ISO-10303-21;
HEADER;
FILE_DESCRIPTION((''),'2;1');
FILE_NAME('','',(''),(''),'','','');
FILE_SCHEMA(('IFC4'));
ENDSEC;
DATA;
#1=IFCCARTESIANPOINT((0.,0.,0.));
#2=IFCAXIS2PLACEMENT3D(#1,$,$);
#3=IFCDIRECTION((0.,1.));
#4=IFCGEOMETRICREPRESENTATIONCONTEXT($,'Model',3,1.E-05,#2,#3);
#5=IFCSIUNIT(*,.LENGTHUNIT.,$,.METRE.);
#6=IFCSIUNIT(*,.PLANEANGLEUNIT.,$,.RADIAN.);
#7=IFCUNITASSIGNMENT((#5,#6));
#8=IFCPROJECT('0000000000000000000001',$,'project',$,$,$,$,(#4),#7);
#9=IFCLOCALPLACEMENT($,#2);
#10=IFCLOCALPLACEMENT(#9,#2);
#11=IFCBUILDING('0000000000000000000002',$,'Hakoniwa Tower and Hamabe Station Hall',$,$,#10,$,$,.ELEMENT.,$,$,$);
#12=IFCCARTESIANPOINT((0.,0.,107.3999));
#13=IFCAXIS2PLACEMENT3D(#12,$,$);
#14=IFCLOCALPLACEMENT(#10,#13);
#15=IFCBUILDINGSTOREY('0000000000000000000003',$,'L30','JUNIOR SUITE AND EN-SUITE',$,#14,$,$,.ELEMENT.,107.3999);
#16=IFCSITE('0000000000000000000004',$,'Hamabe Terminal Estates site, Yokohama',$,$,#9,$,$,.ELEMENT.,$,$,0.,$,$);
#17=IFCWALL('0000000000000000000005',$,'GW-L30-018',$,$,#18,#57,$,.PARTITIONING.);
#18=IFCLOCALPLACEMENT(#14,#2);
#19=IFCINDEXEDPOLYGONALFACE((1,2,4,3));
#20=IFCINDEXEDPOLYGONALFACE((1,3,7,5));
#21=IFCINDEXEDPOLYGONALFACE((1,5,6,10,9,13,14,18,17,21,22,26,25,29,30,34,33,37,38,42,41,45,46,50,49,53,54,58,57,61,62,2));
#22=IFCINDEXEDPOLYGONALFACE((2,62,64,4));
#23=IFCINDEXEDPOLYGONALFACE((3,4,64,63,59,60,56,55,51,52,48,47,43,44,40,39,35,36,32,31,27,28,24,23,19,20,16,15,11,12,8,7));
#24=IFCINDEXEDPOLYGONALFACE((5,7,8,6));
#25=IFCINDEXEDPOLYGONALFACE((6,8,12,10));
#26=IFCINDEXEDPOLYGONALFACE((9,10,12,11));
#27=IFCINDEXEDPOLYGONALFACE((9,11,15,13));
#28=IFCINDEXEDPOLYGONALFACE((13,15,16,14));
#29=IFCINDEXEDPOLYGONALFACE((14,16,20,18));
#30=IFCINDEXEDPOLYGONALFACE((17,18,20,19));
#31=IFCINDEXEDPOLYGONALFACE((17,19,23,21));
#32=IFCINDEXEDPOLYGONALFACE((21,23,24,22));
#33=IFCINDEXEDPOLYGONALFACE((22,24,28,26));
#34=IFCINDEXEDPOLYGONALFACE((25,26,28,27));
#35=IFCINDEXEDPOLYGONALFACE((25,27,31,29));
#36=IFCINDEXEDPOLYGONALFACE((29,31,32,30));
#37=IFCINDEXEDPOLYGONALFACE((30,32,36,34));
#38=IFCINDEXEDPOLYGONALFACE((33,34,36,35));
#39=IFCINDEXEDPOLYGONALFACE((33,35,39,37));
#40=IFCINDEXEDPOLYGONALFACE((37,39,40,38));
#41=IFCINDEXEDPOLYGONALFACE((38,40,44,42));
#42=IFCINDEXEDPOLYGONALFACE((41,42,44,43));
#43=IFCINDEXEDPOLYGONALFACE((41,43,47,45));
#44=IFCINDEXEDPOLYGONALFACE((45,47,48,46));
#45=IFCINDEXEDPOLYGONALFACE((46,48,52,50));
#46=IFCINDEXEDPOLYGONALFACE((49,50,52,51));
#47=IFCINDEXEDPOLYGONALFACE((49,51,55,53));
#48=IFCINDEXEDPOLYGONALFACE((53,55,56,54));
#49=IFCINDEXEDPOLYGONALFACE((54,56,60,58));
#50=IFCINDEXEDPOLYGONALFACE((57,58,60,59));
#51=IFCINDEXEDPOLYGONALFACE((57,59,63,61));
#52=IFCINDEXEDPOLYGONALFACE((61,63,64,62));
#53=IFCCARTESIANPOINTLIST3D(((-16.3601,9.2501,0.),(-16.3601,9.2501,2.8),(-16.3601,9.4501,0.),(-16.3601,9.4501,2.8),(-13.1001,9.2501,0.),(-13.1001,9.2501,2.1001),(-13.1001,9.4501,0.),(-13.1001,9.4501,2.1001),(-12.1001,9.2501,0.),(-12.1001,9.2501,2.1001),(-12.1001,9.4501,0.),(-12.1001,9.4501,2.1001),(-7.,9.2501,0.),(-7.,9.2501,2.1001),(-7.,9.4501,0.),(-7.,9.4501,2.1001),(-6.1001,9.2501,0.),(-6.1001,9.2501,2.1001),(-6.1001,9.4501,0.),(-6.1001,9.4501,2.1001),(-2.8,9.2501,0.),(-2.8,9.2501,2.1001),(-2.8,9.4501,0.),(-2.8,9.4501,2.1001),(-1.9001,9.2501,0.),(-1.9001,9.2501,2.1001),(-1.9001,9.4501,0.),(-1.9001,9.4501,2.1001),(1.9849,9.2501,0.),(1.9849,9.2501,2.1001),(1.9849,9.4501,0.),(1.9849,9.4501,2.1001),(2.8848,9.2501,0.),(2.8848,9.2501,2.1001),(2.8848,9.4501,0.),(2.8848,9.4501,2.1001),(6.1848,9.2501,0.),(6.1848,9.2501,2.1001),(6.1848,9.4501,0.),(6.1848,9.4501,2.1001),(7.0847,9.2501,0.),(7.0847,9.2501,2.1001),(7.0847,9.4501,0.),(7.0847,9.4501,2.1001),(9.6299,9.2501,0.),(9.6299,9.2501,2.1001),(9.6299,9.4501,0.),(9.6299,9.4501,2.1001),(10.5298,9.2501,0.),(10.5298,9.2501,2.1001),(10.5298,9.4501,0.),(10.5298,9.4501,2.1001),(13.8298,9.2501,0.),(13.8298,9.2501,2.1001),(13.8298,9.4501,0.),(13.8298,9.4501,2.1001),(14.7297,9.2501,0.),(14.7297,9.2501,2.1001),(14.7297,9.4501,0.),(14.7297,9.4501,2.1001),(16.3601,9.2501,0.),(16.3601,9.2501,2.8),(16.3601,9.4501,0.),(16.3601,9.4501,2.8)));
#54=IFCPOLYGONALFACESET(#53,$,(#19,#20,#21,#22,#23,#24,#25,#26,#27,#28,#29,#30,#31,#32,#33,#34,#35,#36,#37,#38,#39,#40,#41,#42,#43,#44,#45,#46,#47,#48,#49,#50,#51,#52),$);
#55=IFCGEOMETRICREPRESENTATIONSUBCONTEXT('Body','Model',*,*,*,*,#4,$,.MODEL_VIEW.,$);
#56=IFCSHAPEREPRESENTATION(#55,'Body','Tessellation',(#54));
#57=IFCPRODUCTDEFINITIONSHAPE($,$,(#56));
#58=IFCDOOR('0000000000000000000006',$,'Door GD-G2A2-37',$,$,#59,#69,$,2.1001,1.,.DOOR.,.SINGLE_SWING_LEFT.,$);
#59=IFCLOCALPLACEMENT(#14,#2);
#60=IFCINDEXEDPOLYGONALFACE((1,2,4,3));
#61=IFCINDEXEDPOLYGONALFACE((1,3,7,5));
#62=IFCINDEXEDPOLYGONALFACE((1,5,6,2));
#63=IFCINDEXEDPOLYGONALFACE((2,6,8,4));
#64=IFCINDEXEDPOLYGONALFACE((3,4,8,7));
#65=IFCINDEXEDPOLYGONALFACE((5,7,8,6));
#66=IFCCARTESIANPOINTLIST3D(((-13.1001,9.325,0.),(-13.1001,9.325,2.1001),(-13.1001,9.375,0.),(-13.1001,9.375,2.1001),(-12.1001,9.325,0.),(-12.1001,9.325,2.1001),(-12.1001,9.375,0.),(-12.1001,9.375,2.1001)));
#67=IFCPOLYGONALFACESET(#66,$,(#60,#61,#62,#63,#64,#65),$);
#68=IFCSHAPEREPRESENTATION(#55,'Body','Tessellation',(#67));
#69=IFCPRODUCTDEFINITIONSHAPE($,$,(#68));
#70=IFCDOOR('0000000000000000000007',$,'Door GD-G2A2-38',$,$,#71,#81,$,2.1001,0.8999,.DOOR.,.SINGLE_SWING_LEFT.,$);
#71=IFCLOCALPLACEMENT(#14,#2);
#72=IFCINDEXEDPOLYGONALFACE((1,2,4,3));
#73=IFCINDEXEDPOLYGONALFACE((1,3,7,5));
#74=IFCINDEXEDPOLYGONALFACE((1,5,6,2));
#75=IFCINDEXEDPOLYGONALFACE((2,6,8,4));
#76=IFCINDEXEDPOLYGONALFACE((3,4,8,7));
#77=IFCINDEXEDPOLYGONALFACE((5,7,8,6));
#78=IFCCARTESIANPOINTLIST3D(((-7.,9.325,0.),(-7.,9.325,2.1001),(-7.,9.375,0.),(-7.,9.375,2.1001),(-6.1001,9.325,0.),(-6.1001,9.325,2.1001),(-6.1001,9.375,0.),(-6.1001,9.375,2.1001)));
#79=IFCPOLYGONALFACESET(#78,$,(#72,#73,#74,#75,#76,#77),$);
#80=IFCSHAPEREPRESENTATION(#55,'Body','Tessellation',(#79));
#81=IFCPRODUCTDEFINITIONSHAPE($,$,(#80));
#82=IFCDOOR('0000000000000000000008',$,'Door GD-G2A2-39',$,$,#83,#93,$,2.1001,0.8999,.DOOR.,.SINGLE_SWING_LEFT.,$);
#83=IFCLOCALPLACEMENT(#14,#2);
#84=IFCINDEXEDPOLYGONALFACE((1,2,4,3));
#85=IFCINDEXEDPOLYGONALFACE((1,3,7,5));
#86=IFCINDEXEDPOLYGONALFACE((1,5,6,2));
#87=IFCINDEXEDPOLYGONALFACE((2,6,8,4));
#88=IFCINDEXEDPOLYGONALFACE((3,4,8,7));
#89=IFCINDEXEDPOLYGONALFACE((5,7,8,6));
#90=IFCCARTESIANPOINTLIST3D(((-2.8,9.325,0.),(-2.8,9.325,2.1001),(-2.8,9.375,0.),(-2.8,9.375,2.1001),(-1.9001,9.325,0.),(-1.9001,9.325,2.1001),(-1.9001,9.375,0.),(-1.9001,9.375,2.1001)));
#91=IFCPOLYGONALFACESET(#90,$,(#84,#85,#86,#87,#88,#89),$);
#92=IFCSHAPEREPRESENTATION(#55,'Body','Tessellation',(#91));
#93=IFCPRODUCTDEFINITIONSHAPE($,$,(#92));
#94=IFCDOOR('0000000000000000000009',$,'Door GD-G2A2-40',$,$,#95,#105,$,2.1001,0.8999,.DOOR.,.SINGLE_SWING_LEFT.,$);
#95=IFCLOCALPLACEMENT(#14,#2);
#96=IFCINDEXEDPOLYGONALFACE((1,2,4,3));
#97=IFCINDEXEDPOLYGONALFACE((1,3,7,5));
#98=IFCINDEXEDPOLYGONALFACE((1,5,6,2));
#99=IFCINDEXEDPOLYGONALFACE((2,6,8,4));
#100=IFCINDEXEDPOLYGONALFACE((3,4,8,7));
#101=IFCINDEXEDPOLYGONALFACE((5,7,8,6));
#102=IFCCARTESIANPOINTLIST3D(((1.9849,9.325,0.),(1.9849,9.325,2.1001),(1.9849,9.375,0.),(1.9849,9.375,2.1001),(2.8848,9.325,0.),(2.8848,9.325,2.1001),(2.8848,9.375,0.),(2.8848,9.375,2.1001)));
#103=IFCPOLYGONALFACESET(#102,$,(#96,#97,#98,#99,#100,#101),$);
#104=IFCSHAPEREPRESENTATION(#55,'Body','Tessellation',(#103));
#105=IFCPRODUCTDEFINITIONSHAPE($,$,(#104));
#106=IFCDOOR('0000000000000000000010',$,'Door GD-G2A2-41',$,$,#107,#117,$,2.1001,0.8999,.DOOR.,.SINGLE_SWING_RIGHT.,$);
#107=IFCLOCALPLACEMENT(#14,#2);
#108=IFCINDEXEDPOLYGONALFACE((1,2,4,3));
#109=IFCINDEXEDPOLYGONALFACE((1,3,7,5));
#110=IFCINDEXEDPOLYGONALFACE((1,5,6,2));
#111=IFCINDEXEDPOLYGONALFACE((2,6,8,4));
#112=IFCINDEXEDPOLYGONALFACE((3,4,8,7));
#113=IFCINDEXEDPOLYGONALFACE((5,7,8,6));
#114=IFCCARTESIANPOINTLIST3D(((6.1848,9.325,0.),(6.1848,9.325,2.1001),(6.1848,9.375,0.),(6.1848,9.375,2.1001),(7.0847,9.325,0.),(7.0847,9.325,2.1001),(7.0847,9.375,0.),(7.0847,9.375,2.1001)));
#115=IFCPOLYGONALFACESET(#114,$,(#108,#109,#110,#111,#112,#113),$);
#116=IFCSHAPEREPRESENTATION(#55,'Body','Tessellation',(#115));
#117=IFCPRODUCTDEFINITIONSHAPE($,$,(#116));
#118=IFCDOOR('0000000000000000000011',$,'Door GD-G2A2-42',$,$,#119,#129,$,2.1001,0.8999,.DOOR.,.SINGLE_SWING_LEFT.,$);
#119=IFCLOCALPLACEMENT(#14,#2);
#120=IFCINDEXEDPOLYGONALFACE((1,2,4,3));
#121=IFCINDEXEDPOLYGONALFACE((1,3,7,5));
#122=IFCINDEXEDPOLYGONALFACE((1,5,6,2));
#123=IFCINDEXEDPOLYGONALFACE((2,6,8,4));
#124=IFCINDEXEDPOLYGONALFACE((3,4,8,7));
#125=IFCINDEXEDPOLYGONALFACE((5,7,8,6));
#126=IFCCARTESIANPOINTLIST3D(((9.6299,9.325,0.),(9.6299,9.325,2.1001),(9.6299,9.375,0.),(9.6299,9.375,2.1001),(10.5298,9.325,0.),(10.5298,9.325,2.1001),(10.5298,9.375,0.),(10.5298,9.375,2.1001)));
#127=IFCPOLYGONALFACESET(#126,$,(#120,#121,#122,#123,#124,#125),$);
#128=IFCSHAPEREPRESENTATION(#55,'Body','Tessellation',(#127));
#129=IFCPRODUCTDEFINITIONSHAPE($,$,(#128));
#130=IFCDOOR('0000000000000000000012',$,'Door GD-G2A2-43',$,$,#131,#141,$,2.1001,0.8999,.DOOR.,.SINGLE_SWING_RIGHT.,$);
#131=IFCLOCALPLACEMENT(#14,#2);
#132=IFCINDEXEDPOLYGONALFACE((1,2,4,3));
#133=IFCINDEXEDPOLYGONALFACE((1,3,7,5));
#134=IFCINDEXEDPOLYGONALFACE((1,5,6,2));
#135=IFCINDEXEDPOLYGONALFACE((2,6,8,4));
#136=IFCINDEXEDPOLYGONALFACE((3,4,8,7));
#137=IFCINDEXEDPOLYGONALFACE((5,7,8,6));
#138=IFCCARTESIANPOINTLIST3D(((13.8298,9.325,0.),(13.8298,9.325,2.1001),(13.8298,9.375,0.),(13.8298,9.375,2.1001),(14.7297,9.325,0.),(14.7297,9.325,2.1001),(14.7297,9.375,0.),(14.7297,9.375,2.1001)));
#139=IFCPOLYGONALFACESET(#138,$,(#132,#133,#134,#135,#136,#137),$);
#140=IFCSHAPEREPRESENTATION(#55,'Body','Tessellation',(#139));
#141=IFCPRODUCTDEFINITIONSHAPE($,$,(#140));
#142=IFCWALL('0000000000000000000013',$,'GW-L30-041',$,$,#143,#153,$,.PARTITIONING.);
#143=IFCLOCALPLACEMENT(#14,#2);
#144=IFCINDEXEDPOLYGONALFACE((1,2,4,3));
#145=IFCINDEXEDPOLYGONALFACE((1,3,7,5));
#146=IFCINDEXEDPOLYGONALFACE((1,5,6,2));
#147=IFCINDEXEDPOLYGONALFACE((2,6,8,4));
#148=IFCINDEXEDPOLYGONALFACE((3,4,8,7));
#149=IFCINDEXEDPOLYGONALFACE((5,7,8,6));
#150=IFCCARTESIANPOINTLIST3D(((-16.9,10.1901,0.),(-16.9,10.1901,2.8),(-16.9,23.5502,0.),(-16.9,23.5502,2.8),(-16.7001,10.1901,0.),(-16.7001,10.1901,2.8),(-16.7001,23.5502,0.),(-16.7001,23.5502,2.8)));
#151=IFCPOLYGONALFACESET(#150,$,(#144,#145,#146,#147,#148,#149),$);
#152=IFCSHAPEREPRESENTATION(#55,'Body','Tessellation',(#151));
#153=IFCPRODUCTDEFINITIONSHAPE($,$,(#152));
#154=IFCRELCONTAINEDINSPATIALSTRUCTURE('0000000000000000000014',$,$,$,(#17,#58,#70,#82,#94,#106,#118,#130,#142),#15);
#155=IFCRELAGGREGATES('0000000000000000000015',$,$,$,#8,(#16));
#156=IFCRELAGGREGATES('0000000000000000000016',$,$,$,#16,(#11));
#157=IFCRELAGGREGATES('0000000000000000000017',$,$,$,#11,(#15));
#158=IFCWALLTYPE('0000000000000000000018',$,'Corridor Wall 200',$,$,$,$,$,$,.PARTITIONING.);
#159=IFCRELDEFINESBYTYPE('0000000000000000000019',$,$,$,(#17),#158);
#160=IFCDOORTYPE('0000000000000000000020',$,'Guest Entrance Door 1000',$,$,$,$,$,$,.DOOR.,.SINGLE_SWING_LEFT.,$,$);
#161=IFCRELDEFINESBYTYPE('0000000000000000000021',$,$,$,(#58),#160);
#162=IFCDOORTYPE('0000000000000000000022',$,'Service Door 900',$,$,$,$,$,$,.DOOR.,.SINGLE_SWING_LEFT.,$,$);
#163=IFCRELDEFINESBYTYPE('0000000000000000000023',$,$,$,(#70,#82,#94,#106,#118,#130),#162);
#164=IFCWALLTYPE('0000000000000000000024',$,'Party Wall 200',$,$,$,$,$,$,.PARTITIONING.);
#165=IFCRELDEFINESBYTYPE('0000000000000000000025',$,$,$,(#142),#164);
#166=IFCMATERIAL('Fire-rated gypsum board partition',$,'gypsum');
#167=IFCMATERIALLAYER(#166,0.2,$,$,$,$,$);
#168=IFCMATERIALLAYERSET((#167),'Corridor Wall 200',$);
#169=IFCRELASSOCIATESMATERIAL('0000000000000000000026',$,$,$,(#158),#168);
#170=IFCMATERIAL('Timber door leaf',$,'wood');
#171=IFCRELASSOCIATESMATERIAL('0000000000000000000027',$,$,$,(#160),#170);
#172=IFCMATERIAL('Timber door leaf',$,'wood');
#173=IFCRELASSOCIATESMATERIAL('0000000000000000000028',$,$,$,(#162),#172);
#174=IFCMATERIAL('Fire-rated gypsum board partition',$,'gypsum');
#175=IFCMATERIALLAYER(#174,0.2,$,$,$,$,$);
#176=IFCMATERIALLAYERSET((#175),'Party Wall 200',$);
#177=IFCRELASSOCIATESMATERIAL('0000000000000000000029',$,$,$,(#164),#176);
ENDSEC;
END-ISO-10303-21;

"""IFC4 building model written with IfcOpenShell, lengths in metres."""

from ifc_helpers import new_model, si_unit, direction, frame, frame_2d, origin, place, context, subcontext, project, spatial, rectangle, extrude, material, layer, layer_set, type_object, element, fill, save


model = new_model("IFC4")

# Units and contexts
model_context = context("Model", 3, precision=1e-05, world=origin(), true_north=direction((0.0, 1.0)))
body_context = subcontext(model_context, "Body", "Model", "MODEL_VIEW")
ifc_project = project(units=[si_unit("LENGTHUNIT", "METRE"), si_unit("PLANEANGLEUNIT", "RADIAN")], contexts=[model_context])

# Site, building, storey
site_placement = place(None, origin())
site = spatial("IfcSite", under=ifc_project, at=site_placement, Name="Hamabe Terminal Estates site, Yokohama", CompositionType="ELEMENT", RefElevation=0.0)
building_placement = place(site_placement, origin())
building = spatial("IfcBuilding", under=site, at=building_placement, Name="Hakoniwa Tower and Hamabe Station Hall", CompositionType="ELEMENT")
storey_placement = place(building_placement, frame((0.0, 0.0, 107.3999)))
storey = spatial("IfcBuildingStorey", under=building, at=storey_placement, Name="L30", Description="JUNIOR SUITE AND EN-SUITE", CompositionType="ELEMENT", Elevation=107.3999)

# Wall, openings, doors
ifc_material_1 = material(Name="Fire-rated gypsum board partition", Category="gypsum")
ifc_layer_1 = layer(ifc_material_1, 0.2)
ifc_layer_set_1 = layer_set([ifc_layer_1], Name="Corridor Wall 200")
wall_type_1 = type_object("IfcWallType", Name="Corridor Wall 200", PredefinedType="PARTITIONING", material=ifc_layer_set_1)
wall_1_placement = place(storey_placement, frame((-16.3601, 9.3501, 0.0), z_axis=(0.0, 0.0, 1.0), x_axis=(1.0, 0.0, 0.0)))
wall_1 = element("IfcWall", 1, at=wall_1_placement, inside=storey, type_object=wall_type_1, Name="GW-L30-018", PredefinedType="PARTITIONING", context=body_context, shape_type="SweptSolid", body=[
    extrude(rectangle(XDim=32.7202, YDim=0.2, at=frame_2d((16.3601, 0.0))), origin(), (0.0, 0.0, 1.0), 2.8),
])
opening_1_placement = place(wall_1_placement, frame((3.26, 0.0, 0.0)))
opening_1 = element("IfcOpeningElement", 2, at=opening_1_placement, cuts=wall_1, PredefinedType="OPENING", context=body_context, shape_type="SweptSolid", body=[
    extrude(rectangle(XDim=1.0, YDim=2.1001, at=frame_2d((0.5, 1.05))), frame((0.0, 0.1099, 0.0), z_axis=(0.0, -1.0, 0.0), x_axis=(1.0, 0.0, 0.0)), (0.0, 0.0, 1.0), 0.22),
])
opening_2_placement = place(wall_1_placement, frame((9.3601, 0.0, 0.0)))
opening_2 = element("IfcOpeningElement", 3, at=opening_2_placement, cuts=wall_1, PredefinedType="OPENING", context=body_context, shape_type="SweptSolid", body=[
    extrude(rectangle(XDim=0.8999, YDim=2.1001, at=frame_2d((0.45, 1.05))), frame((0.0, 0.1099, 0.0), z_axis=(0.0, -1.0, 0.0), x_axis=(1.0, 0.0, 0.0)), (0.0, 0.0, 1.0), 0.22),
])
opening_3_placement = place(wall_1_placement, frame((13.5601, 0.0, 0.0)))
opening_3 = element("IfcOpeningElement", 4, at=opening_3_placement, cuts=wall_1, PredefinedType="OPENING", context=body_context, shape_type="SweptSolid", body=[
    extrude(rectangle(XDim=0.8999, YDim=2.1001, at=frame_2d((0.45, 1.05))), frame((0.0, 0.1099, 0.0), z_axis=(0.0, -1.0, 0.0), x_axis=(1.0, 0.0, 0.0)), (0.0, 0.0, 1.0), 0.22),
])
opening_4_placement = place(wall_1_placement, frame((18.345, 0.0, 0.0)))
opening_4 = element("IfcOpeningElement", 5, at=opening_4_placement, cuts=wall_1, PredefinedType="OPENING", context=body_context, shape_type="SweptSolid", body=[
    extrude(rectangle(XDim=0.8999, YDim=2.1001, at=frame_2d((0.45, 1.05))), frame((0.0, 0.1099, 0.0), z_axis=(0.0, -1.0, 0.0), x_axis=(1.0, 0.0, 0.0)), (0.0, 0.0, 1.0), 0.22),
])
opening_5_placement = place(wall_1_placement, frame((22.5449, 0.0, 0.0)))
opening_5 = element("IfcOpeningElement", 6, at=opening_5_placement, cuts=wall_1, PredefinedType="OPENING", context=body_context, shape_type="SweptSolid", body=[
    extrude(rectangle(XDim=0.8999, YDim=2.1001, at=frame_2d((0.45, 1.05))), frame((0.0, 0.1099, 0.0), z_axis=(0.0, -1.0, 0.0), x_axis=(1.0, 0.0, 0.0)), (0.0, 0.0, 1.0), 0.22),
])
opening_6_placement = place(wall_1_placement, frame((25.99, 0.0, 0.0)))
opening_6 = element("IfcOpeningElement", 7, at=opening_6_placement, cuts=wall_1, PredefinedType="OPENING", context=body_context, shape_type="SweptSolid", body=[
    extrude(rectangle(XDim=0.8999, YDim=2.1001, at=frame_2d((0.45, 1.05))), frame((0.0, 0.1099, 0.0), z_axis=(0.0, -1.0, 0.0), x_axis=(1.0, 0.0, 0.0)), (0.0, 0.0, 1.0), 0.22),
])
opening_7_placement = place(wall_1_placement, frame((30.1899, 0.0, 0.0)))
opening_7 = element("IfcOpeningElement", 8, at=opening_7_placement, cuts=wall_1, PredefinedType="OPENING", context=body_context, shape_type="SweptSolid", body=[
    extrude(rectangle(XDim=0.8999, YDim=2.1001, at=frame_2d((0.45, 1.05))), frame((0.0, 0.1099, 0.0), z_axis=(0.0, -1.0, 0.0), x_axis=(1.0, 0.0, 0.0)), (0.0, 0.0, 1.0), 0.22),
])
ifc_material_2 = material(Name="Timber door leaf", Category="wood")
door_type_1 = type_object("IfcDoorType", Name="Guest Entrance Door 1000", OperationType="SINGLE_SWING_LEFT", PredefinedType="DOOR", material=ifc_material_2)
door_1_placement = place(opening_1_placement, origin())
door_1 = element("IfcDoor", 9, at=door_1_placement, inside=storey, type_object=door_type_1, Name="Door GD-G2A2-37", OperationType="SINGLE_SWING_LEFT", OverallHeight=2.1001, OverallWidth=1.0, PredefinedType="DOOR", context=body_context, shape_type="SweptSolid", body=[
    extrude(rectangle(XDim=1.0, YDim=2.1001, at=frame_2d((0.5, 1.05))), frame((0.0, 0.0249, 0.0), z_axis=(0.0, -1.0, 0.0), x_axis=(1.0, 0.0, 0.0)), (0.0, 0.0, 1.0), 0.05),
])
fill(opening_1, door_1)
ifc_material_3 = material(Name="Timber door leaf", Category="wood")
door_type_2 = type_object("IfcDoorType", Name="Service Door 900", OperationType="SINGLE_SWING_LEFT", PredefinedType="DOOR", material=ifc_material_3)
door_2_placement = place(opening_2_placement, origin())
door_2 = element("IfcDoor", 10, at=door_2_placement, inside=storey, type_object=door_type_2, Name="Door GD-G2A2-38", OperationType="SINGLE_SWING_LEFT", OverallHeight=2.1001, OverallWidth=0.8999, PredefinedType="DOOR", context=body_context, shape_type="SweptSolid", body=[
    extrude(rectangle(XDim=0.8999, YDim=2.1001, at=frame_2d((0.45, 1.05))), frame((0.0, 0.0249, 0.0), z_axis=(0.0, -1.0, 0.0), x_axis=(1.0, 0.0, 0.0)), (0.0, 0.0, 1.0), 0.05),
])
fill(opening_2, door_2)
door_3_placement = place(opening_3_placement, origin())
door_3 = element("IfcDoor", 11, at=door_3_placement, inside=storey, type_object=door_type_2, Name="Door GD-G2A2-39", OperationType="SINGLE_SWING_LEFT", OverallHeight=2.1001, OverallWidth=0.8999, PredefinedType="DOOR", context=body_context, shape_type="SweptSolid", body=[
    extrude(rectangle(XDim=0.8999, YDim=2.1001, at=frame_2d((0.45, 1.05))), frame((0.0, 0.0249, 0.0), z_axis=(0.0, -1.0, 0.0), x_axis=(1.0, 0.0, 0.0)), (0.0, 0.0, 1.0), 0.05),
])
fill(opening_3, door_3)
door_4_placement = place(opening_4_placement, origin())
door_4 = element("IfcDoor", 12, at=door_4_placement, inside=storey, type_object=door_type_2, Name="Door GD-G2A2-40", OperationType="SINGLE_SWING_LEFT", OverallHeight=2.1001, OverallWidth=0.8999, PredefinedType="DOOR", context=body_context, shape_type="SweptSolid", body=[
    extrude(rectangle(XDim=0.8999, YDim=2.1001, at=frame_2d((0.45, 1.05))), frame((0.0, 0.0249, 0.0), z_axis=(0.0, -1.0, 0.0), x_axis=(1.0, 0.0, 0.0)), (0.0, 0.0, 1.0), 0.05),
])
fill(opening_4, door_4)
door_5_placement = place(opening_5_placement, origin())
door_5 = element("IfcDoor", 13, at=door_5_placement, inside=storey, type_object=door_type_2, Name="Door GD-G2A2-41", OperationType="SINGLE_SWING_RIGHT", OverallHeight=2.1001, OverallWidth=0.8999, PredefinedType="DOOR", context=body_context, shape_type="SweptSolid", body=[
    extrude(rectangle(XDim=0.8999, YDim=2.1001, at=frame_2d((0.45, 1.05))), frame((0.0, 0.0249, 0.0), z_axis=(0.0, -1.0, 0.0), x_axis=(1.0, 0.0, 0.0)), (0.0, 0.0, 1.0), 0.05),
])
fill(opening_5, door_5)
door_6_placement = place(opening_6_placement, origin())
door_6 = element("IfcDoor", 14, at=door_6_placement, inside=storey, type_object=door_type_2, Name="Door GD-G2A2-42", OperationType="SINGLE_SWING_LEFT", OverallHeight=2.1001, OverallWidth=0.8999, PredefinedType="DOOR", context=body_context, shape_type="SweptSolid", body=[
    extrude(rectangle(XDim=0.8999, YDim=2.1001, at=frame_2d((0.45, 1.05))), frame((0.0, 0.0249, 0.0), z_axis=(0.0, -1.0, 0.0), x_axis=(1.0, 0.0, 0.0)), (0.0, 0.0, 1.0), 0.05),
])
fill(opening_6, door_6)
door_7_placement = place(opening_7_placement, origin())
door_7 = element("IfcDoor", 15, at=door_7_placement, inside=storey, type_object=door_type_2, Name="Door GD-G2A2-43", OperationType="SINGLE_SWING_RIGHT", OverallHeight=2.1001, OverallWidth=0.8999, PredefinedType="DOOR", context=body_context, shape_type="SweptSolid", body=[
    extrude(rectangle(XDim=0.8999, YDim=2.1001, at=frame_2d((0.45, 1.05))), frame((0.0, 0.0249, 0.0), z_axis=(0.0, -1.0, 0.0), x_axis=(1.0, 0.0, 0.0)), (0.0, 0.0, 1.0), 0.05),
])
fill(opening_7, door_7)

# Wall
ifc_material_4 = material(Name="Fire-rated gypsum board partition", Category="gypsum")
ifc_layer_2 = layer(ifc_material_4, 0.2)
ifc_layer_set_2 = layer_set([ifc_layer_2], Name="Party Wall 200")
wall_type_2 = type_object("IfcWallType", Name="Party Wall 200", PredefinedType="PARTITIONING", material=ifc_layer_set_2)
wall_2_placement = place(storey_placement, frame((-16.8, 10.1899, 0.0), z_axis=(0.0, 0.0, 1.0), x_axis=(0.0, 1.0, 0.0)))
element("IfcWall", 16, at=wall_2_placement, inside=storey, type_object=wall_type_2, Name="GW-L30-041", PredefinedType="PARTITIONING", context=body_context, shape_type="SweptSolid", body=[
    extrude(rectangle(XDim=13.3601, YDim=0.2, at=frame_2d((6.6802, 0.0))), origin(), (0.0, 0.0, 1.0), 2.8),
])

save(model, "model.ifc")
